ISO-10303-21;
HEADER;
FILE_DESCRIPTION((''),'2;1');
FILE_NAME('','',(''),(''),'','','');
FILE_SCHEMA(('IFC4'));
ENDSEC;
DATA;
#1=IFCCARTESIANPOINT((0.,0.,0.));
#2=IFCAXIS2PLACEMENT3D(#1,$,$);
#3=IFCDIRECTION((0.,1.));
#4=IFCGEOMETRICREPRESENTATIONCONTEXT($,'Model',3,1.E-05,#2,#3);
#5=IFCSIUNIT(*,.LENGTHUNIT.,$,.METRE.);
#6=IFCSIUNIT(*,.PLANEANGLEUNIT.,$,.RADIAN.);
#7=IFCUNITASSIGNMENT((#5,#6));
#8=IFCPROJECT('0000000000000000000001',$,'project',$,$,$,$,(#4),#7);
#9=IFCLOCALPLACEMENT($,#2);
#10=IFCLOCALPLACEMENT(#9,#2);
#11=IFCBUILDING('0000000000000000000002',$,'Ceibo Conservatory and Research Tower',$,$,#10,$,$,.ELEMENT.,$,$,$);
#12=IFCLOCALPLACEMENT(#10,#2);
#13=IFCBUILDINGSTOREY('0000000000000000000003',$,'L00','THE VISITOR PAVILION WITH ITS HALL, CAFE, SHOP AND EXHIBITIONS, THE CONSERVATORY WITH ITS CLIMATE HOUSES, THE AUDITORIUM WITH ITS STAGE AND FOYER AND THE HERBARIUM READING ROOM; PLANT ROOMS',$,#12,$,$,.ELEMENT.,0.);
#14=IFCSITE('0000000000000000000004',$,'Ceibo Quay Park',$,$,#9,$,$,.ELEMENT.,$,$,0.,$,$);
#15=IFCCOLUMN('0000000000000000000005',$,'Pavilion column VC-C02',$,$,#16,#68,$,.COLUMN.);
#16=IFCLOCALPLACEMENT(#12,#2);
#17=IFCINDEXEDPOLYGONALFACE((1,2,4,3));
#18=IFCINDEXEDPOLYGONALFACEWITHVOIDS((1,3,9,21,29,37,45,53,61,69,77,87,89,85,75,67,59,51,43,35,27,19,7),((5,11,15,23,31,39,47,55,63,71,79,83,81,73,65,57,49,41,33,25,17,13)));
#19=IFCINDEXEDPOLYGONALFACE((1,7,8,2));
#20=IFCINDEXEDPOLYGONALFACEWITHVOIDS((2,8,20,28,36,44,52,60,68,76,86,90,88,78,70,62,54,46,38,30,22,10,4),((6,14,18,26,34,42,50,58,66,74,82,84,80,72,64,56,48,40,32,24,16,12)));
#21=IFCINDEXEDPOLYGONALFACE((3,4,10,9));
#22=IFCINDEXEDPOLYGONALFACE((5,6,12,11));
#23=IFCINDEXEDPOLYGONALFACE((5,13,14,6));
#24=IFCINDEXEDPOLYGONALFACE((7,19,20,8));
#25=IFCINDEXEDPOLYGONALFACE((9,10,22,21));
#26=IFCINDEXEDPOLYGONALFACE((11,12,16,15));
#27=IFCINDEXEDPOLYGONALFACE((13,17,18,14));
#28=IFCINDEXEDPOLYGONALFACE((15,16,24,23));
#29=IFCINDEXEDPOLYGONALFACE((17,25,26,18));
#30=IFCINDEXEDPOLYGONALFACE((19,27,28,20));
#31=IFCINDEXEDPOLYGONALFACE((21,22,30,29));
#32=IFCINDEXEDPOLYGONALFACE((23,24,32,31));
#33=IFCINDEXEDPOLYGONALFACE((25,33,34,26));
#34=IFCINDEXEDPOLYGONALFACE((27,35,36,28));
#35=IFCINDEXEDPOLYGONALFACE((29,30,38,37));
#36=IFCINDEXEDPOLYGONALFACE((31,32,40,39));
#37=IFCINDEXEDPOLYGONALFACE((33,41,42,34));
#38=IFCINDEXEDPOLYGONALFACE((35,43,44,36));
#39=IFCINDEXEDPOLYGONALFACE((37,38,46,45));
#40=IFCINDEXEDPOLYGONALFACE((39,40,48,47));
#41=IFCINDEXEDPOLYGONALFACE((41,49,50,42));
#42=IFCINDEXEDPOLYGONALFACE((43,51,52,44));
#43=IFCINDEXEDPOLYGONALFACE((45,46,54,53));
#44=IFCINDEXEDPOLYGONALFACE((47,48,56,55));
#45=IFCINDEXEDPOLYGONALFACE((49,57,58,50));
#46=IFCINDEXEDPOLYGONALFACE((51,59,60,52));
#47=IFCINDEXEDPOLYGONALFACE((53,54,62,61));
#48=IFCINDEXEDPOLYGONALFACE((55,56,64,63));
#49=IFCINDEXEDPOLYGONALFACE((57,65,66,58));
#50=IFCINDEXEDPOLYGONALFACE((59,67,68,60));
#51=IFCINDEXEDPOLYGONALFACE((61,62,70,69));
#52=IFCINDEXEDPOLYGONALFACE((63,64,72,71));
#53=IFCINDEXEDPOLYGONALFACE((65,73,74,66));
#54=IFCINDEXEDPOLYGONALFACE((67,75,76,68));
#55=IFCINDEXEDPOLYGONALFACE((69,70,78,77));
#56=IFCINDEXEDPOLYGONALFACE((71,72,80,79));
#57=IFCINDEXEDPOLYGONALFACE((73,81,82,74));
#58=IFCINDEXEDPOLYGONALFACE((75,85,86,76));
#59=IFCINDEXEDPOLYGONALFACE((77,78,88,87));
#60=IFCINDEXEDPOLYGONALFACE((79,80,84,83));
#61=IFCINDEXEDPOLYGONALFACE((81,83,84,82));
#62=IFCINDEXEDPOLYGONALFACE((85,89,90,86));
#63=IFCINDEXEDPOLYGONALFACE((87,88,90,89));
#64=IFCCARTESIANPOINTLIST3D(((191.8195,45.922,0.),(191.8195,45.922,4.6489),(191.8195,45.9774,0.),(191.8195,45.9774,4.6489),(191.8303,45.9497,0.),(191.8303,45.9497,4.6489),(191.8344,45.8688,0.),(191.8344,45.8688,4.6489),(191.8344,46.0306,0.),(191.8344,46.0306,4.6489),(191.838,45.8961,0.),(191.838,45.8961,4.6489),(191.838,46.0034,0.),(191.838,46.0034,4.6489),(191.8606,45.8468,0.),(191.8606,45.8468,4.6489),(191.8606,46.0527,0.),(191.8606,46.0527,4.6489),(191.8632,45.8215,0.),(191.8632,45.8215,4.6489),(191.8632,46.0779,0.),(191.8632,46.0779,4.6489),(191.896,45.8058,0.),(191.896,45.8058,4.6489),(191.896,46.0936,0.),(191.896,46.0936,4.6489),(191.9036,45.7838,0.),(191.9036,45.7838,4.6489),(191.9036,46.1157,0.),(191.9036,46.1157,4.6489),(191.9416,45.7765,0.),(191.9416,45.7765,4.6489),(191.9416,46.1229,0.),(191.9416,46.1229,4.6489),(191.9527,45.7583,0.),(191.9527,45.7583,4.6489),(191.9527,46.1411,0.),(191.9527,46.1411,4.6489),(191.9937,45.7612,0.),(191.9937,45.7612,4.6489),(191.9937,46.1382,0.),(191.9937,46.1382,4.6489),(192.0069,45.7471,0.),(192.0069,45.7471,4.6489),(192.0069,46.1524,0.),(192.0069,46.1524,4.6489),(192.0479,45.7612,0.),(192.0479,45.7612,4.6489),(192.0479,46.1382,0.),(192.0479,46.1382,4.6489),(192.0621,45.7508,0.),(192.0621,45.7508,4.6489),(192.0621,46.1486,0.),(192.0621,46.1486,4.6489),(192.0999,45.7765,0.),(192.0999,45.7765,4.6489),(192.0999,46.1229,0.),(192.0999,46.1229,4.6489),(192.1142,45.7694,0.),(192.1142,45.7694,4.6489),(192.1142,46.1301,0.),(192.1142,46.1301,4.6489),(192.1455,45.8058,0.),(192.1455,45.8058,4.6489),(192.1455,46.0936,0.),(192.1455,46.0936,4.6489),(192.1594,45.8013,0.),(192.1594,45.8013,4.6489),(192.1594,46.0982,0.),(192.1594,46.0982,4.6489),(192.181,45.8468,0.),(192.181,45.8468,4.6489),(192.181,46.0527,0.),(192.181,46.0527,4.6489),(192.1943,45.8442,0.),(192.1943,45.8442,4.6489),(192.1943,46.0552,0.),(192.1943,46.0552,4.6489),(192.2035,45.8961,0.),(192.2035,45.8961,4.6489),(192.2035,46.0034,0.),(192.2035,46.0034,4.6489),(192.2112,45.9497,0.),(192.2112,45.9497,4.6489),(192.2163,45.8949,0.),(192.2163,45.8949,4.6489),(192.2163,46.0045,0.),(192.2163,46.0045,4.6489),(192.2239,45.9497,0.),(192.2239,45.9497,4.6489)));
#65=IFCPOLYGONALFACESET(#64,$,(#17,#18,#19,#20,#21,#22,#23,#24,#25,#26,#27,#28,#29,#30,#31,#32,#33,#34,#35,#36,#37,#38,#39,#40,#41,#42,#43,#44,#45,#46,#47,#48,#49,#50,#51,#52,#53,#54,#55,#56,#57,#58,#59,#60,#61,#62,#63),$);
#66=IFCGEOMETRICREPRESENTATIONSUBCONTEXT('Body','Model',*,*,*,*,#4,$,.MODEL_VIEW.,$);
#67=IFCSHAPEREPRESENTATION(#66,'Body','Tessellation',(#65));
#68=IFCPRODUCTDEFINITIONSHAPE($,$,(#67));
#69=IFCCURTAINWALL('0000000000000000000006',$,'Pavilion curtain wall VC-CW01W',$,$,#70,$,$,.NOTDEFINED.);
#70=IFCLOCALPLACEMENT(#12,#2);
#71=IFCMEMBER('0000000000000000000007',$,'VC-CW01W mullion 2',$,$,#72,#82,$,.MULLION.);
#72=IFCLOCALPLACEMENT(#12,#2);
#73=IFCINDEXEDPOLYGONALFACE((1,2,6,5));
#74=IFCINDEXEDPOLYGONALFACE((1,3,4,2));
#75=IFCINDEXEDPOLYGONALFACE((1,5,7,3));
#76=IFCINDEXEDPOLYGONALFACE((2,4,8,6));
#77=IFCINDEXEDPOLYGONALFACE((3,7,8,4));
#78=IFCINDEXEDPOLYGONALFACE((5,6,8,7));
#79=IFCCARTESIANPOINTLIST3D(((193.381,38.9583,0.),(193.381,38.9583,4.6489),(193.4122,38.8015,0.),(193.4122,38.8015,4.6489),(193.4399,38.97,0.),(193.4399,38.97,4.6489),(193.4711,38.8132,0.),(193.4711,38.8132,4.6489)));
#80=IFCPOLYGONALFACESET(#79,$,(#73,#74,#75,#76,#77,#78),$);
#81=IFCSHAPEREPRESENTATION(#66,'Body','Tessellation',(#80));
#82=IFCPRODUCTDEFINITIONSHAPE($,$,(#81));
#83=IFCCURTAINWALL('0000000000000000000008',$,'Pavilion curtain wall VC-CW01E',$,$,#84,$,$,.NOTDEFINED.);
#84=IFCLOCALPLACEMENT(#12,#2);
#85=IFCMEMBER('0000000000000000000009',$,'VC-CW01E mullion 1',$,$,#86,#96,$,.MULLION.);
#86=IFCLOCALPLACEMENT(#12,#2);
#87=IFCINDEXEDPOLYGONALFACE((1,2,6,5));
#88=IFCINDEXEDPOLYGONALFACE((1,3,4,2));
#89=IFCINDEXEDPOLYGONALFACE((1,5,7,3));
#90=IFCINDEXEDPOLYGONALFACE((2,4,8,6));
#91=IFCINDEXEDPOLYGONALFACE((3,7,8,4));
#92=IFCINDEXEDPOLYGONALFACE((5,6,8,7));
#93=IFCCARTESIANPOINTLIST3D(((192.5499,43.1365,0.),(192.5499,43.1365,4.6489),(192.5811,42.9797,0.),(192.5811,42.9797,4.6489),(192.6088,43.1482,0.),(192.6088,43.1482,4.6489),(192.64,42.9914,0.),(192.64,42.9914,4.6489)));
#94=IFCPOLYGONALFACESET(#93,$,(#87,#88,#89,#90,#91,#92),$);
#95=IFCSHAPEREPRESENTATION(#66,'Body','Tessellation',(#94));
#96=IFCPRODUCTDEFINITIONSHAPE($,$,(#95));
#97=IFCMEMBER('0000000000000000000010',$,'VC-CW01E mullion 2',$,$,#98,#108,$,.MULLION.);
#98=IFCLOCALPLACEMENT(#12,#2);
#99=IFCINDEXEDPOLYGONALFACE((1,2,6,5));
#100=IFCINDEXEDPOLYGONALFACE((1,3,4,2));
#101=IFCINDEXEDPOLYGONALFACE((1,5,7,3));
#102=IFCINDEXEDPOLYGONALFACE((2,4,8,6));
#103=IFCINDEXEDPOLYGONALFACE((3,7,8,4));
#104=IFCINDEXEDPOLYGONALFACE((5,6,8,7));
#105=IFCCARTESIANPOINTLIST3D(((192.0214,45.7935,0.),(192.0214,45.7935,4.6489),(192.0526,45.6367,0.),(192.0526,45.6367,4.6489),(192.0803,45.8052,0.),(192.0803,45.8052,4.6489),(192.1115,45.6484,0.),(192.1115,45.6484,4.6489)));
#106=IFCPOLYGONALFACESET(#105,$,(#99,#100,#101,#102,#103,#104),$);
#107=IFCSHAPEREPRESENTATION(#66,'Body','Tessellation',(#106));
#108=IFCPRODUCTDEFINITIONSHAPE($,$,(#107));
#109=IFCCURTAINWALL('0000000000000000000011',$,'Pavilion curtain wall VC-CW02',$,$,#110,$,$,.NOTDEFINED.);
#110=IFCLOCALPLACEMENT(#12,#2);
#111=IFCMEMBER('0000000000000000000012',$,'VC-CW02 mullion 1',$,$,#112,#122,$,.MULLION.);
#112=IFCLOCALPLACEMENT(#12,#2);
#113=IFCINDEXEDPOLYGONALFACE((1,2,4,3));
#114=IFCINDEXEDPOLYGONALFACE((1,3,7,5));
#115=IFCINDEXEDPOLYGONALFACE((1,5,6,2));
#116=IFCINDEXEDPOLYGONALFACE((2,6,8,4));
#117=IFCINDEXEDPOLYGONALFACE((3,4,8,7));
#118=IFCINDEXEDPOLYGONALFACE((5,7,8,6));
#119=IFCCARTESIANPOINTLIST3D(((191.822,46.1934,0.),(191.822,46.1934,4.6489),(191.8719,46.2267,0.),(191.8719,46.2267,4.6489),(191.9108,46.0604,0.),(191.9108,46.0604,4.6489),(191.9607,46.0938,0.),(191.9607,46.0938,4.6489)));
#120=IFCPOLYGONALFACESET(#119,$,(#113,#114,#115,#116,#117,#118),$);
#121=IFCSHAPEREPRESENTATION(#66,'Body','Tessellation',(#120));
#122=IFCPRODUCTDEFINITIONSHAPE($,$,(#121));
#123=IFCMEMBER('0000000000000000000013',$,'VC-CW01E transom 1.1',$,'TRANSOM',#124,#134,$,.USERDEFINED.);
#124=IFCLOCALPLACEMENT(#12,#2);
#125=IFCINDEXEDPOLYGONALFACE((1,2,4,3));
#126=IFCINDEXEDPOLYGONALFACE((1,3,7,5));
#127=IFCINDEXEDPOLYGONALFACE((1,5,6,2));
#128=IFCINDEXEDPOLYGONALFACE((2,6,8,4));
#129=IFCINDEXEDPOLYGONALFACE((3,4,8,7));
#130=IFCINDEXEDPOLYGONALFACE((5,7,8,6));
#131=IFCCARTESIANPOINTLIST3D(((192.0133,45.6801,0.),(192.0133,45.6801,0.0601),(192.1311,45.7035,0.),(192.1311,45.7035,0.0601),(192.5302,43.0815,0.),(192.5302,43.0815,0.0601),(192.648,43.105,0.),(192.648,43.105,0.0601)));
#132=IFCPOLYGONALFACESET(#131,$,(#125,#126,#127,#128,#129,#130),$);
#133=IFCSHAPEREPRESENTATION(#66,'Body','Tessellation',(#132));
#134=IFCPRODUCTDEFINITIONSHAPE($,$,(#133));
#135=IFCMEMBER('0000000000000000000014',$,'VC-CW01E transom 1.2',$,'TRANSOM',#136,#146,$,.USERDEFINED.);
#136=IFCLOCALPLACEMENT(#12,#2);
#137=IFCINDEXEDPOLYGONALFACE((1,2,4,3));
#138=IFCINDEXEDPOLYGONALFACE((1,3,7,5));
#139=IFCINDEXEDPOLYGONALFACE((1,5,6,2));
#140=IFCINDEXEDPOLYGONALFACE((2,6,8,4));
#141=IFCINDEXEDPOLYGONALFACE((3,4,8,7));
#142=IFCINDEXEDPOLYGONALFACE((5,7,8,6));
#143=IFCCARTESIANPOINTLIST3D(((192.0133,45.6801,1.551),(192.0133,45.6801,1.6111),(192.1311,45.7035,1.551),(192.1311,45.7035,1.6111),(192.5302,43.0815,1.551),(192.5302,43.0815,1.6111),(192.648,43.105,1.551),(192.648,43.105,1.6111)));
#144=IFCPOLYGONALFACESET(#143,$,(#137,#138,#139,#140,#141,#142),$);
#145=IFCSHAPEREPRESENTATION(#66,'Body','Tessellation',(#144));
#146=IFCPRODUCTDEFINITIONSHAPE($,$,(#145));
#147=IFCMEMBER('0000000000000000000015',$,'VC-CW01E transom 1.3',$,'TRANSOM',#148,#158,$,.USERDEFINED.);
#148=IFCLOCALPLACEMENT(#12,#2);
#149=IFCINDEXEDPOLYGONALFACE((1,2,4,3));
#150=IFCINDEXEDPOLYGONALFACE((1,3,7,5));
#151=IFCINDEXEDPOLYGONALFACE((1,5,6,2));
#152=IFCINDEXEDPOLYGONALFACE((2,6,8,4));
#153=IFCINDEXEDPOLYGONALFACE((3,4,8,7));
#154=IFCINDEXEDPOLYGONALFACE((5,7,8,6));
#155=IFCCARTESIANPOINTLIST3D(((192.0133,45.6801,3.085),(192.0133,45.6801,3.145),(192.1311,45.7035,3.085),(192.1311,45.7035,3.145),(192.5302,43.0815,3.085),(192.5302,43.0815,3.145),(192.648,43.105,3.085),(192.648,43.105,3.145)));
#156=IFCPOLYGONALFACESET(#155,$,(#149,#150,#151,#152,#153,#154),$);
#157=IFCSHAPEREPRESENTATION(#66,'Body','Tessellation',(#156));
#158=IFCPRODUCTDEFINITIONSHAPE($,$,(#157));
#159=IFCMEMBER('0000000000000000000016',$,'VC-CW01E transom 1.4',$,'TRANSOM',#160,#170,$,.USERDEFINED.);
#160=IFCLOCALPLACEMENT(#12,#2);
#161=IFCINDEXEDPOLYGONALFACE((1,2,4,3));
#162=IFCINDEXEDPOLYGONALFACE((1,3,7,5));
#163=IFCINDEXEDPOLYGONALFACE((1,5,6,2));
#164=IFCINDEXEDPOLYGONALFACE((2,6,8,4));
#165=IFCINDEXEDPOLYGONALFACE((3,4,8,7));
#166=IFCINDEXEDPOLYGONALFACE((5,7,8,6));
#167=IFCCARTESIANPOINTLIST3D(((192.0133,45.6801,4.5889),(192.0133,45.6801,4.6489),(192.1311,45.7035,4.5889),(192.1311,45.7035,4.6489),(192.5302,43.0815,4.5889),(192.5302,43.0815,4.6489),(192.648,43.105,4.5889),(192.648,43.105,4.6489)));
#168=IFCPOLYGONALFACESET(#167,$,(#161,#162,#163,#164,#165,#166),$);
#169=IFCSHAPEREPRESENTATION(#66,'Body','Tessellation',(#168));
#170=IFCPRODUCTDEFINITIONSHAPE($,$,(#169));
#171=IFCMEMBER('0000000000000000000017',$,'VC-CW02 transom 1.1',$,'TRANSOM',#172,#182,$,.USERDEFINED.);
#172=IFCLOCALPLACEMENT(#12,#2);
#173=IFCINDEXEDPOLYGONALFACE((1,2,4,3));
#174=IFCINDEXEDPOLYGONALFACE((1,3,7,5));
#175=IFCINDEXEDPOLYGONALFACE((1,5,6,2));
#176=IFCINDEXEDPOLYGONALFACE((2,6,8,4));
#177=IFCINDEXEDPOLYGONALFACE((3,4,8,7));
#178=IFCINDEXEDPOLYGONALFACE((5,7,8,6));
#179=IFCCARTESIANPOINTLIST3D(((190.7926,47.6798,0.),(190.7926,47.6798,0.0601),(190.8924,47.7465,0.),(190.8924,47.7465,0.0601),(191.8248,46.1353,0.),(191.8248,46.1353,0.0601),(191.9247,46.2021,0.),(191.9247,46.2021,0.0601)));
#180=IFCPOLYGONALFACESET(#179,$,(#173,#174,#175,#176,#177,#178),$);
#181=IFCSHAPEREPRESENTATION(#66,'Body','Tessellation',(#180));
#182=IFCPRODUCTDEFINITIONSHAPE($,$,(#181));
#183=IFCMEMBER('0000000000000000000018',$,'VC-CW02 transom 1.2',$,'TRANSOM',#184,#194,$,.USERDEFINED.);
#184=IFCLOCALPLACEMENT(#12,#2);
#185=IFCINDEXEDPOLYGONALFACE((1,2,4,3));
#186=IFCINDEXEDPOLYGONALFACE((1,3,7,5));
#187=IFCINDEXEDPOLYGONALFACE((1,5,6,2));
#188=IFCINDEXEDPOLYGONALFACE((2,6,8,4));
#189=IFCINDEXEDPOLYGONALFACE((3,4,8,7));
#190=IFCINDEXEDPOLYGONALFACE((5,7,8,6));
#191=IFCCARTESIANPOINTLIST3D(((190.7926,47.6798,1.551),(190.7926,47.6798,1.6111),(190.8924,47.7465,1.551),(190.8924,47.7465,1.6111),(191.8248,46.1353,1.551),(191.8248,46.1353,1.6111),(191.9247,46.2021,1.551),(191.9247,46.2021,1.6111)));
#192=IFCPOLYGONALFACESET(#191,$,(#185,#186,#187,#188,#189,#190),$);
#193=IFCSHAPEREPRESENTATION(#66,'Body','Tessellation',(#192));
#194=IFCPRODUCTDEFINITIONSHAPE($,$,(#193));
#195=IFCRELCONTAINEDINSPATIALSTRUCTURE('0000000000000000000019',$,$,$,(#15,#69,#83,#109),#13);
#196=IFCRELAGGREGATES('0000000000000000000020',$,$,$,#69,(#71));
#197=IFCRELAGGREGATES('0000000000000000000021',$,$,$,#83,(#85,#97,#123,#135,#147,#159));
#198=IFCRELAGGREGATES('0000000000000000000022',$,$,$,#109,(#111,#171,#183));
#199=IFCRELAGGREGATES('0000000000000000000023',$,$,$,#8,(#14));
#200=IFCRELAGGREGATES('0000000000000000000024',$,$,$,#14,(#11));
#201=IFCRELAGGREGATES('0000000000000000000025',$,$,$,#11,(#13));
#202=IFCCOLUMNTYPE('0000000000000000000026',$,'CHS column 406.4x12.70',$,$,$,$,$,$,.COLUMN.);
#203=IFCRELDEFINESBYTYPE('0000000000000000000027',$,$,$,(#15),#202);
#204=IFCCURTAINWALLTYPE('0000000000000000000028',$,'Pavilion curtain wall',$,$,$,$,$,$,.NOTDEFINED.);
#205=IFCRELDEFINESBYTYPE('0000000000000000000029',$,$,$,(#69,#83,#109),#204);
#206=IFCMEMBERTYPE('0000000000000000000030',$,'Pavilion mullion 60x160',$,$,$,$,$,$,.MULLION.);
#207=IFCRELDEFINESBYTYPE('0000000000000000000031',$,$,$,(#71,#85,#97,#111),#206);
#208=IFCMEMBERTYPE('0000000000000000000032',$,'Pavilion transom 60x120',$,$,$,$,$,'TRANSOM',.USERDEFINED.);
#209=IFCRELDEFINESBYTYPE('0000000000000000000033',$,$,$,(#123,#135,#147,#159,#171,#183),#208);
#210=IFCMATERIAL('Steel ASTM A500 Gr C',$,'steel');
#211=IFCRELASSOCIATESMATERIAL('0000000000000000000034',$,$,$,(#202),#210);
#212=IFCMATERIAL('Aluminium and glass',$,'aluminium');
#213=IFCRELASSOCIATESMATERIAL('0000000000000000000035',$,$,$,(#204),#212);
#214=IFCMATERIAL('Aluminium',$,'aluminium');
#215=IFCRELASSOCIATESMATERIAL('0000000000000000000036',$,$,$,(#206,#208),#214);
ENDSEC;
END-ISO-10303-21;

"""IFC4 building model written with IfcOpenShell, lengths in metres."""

from ifc_helpers import new_model, si_unit, direction, frame, origin, origin_2d, place, context, subcontext, project, spatial, rectangle, hollow_circle, extrude, material, material_profile, profile_set, type_object, element, aggregate, save


model = new_model("IFC4")

# Units and contexts
model_context = context("Model", 3, precision=1e-05, world=origin(), true_north=direction((0.0, 1.0)))
body_context = subcontext(model_context, "Body", "Model", "MODEL_VIEW")
ifc_project = project(units=[si_unit("LENGTHUNIT", "METRE"), si_unit("PLANEANGLEUNIT", "RADIAN")], contexts=[model_context])

# Site, building, storey
site_placement = place(None, origin())
site = spatial("IfcSite", under=ifc_project, at=site_placement, Name="Ceibo Quay Park", CompositionType="ELEMENT", RefElevation=0.0)
building_placement = place(site_placement, origin())
building = spatial("IfcBuilding", under=site, at=building_placement, Name="Ceibo Conservatory and Research Tower", CompositionType="ELEMENT")
storey_placement = place(building_placement, origin())
storey = spatial("IfcBuildingStorey", under=building, at=storey_placement, Name="L00", Description="THE VISITOR PAVILION WITH ITS HALL, CAFE, SHOP AND EXHIBITIONS, THE CONSERVATORY WITH ITS CLIMATE HOUSES, THE AUDITORIUM WITH ITS STAGE AND FOYER AND THE HERBARIUM READING ROOM; PLANT ROOMS", CompositionType="ELEMENT", Elevation=0.0)

# Column
ifc_material_1 = material(Name="Steel ASTM A500 Gr C", Category="steel")
ifc_material_profile_1 = material_profile(ifc_material_1, hollow_circle(Radius=0.2031, WallThickness=0.0127, at=origin_2d()), Name="CHS column 406.4x12.70")
ifc_profile_set_1 = profile_set([ifc_material_profile_1], Name="Steel ASTM A500 Gr C")
column_type = type_object("IfcColumnType", Name="CHS column 406.4x12.70", PredefinedType="COLUMN", material=ifc_profile_set_1)
column_placement = place(storey_placement, frame((192.0208, 45.9497, 0.0), z_axis=(0.0, 0.0, 1.0), x_axis=(1.0, 0.0, 0.0)))
element("IfcColumn", 1, at=column_placement, inside=storey, type_object=column_type, Name="Pavilion column VC-C02", PredefinedType="COLUMN", context=body_context, shape_type="SweptSolid", body=[
    extrude(hollow_circle(Radius=0.2031, WallThickness=0.0127, at=origin_2d()), origin(), (0.0, 0.0, 1.0), 4.6489),
])

# Curtain wall, member
ifc_material_2 = material(Name="Aluminium and glass", Category="aluminium")
curtain_wall_type = type_object("IfcCurtainWallType", Name="Pavilion curtain wall", PredefinedType="NOTDEFINED", material=ifc_material_2)
curtain_wall_1_placement = place(storey_placement, origin())
curtain_wall_1 = element("IfcCurtainWall", 2, at=curtain_wall_1_placement, inside=storey, type_object=curtain_wall_type, Name="Pavilion curtain wall VC-CW01W", PredefinedType="NOTDEFINED")
ifc_material_3 = material(Name="Aluminium", Category="aluminium")
ifc_material_profile_2 = material_profile(ifc_material_3, rectangle(XDim=0.0601, YDim=0.1599, at=origin_2d()), Name="AL 60x160")
ifc_profile_set_2 = profile_set([ifc_material_profile_2], Name="Aluminium")
member_type_1 = type_object("IfcMemberType", Name="Pavilion mullion 60x160", PredefinedType="MULLION", material=ifc_profile_set_2)
member_1_placement = place(storey_placement, frame((193.426, 38.8857, 0.0), z_axis=(0.0, 0.0, 1.0), x_axis=(-0.980785, -0.19509, 0.0)))
member_1 = element("IfcMember", 3, at=member_1_placement, type_object=member_type_1, Name="VC-CW01W mullion 2", PredefinedType="MULLION", context=body_context, shape_type="SweptSolid", body=[
    extrude(rectangle(XDim=0.0601, YDim=0.1599, at=origin_2d()), origin(), (0.0, 0.0, 1.0), 4.6489),
])
aggregate(curtain_wall_1, [member_1])

# Curtain wall, members
curtain_wall_2_placement = place(storey_placement, origin())
curtain_wall_2 = element("IfcCurtainWall", 4, at=curtain_wall_2_placement, inside=storey, type_object=curtain_wall_type, Name="Pavilion curtain wall VC-CW01E", PredefinedType="NOTDEFINED")
member_2_placement = place(storey_placement, frame((192.595, 43.064, 0.0), z_axis=(0.0, 0.0, 1.0), x_axis=(-0.980785, -0.19509, 0.0)))
member_2 = element("IfcMember", 5, at=member_2_placement, type_object=member_type_1, Name="VC-CW01E mullion 1", PredefinedType="MULLION", context=body_context, shape_type="SweptSolid", body=[
    extrude(rectangle(XDim=0.0601, YDim=0.1599, at=origin_2d()), origin(), (0.0, 0.0, 1.0), 4.6489),
])
member_3_placement = place(storey_placement, frame((192.0664, 45.7209, 0.0), z_axis=(0.0, 0.0, 1.0), x_axis=(-0.980785, -0.19509, 0.0)))
member_3 = element("IfcMember", 6, at=member_3_placement, type_object=member_type_1, Name="VC-CW01E mullion 2", PredefinedType="MULLION", context=body_context, shape_type="SweptSolid", body=[
    extrude(rectangle(XDim=0.0601, YDim=0.1599, at=origin_2d()), origin(), (0.0, 0.0, 1.0), 4.6489),
])

# Curtain wall, member
curtain_wall_3_placement = place(storey_placement, origin())
curtain_wall_3 = element("IfcCurtainWall", 7, at=curtain_wall_3_placement, inside=storey, type_object=curtain_wall_type, Name="Pavilion curtain wall VC-CW02", PredefinedType="NOTDEFINED")
member_4_placement = place(storey_placement, frame((191.8914, 46.1436, 0.0), z_axis=(0.0, 0.0, 1.0), x_axis=(-0.83147, -0.55557, 0.0)))
member_4 = element("IfcMember", 8, at=member_4_placement, type_object=member_type_1, Name="VC-CW02 mullion 1", PredefinedType="MULLION", context=body_context, shape_type="SweptSolid", body=[
    extrude(rectangle(XDim=0.0601, YDim=0.1599, at=origin_2d()), origin(), (0.0, 0.0, 1.0), 4.6489),
])

# Members
ifc_material_profile_3 = material_profile(ifc_material_3, rectangle(XDim=0.1201, YDim=0.0601, at=origin_2d()), Name="AL 60x120")
ifc_profile_set_3 = profile_set([ifc_material_profile_3], Name="Aluminium")
member_type_2 = type_object("IfcMemberType", Name="Pavilion transom 60x120", ElementType="TRANSOM", PredefinedType="USERDEFINED", material=ifc_profile_set_3)
member_5_placement = place(storey_placement, frame((192.5891, 43.0933, 0.03), z_axis=(-0.195088, 0.980786, 0.0), x_axis=(-0.980786, -0.195088, 0.0)))
member_5 = element("IfcMember", 9, at=member_5_placement, type_object=member_type_2, Name="VC-CW01E transom 1.1", ObjectType="TRANSOM", PredefinedType="USERDEFINED", context=body_context, shape_type="SweptSolid", body=[
    extrude(rectangle(XDim=0.1201, YDim=0.0601, at=origin_2d()), origin(), (0.0, 0.0, 1.0), 2.6494),
])
member_6_placement = place(storey_placement, frame((192.5891, 43.0933, 1.5811), z_axis=(-0.195088, 0.980786, 0.0), x_axis=(-0.980786, -0.195088, 0.0)))
member_6 = element("IfcMember", 10, at=member_6_placement, type_object=member_type_2, Name="VC-CW01E transom 1.2", ObjectType="TRANSOM", PredefinedType="USERDEFINED", context=body_context, shape_type="SweptSolid", body=[
    extrude(rectangle(XDim=0.1201, YDim=0.0601, at=origin_2d()), origin(), (0.0, 0.0, 1.0), 2.6494),
])
member_7_placement = place(storey_placement, frame((192.5891, 43.0933, 3.115), z_axis=(-0.195088, 0.980786, 0.0), x_axis=(-0.980786, -0.195088, 0.0)))
member_7 = element("IfcMember", 11, at=member_7_placement, type_object=member_type_2, Name="VC-CW01E transom 1.3", ObjectType="TRANSOM", PredefinedType="USERDEFINED", context=body_context, shape_type="SweptSolid", body=[
    extrude(rectangle(XDim=0.1201, YDim=0.0601, at=origin_2d()), origin(), (0.0, 0.0, 1.0), 2.6494),
])
member_8_placement = place(storey_placement, frame((192.5891, 43.0933, 4.6189), z_axis=(-0.195088, 0.980786, 0.0), x_axis=(-0.980786, -0.195088, 0.0)))
member_8 = element("IfcMember", 12, at=member_8_placement, type_object=member_type_2, Name="VC-CW01E transom 1.4", ObjectType="TRANSOM", PredefinedType="USERDEFINED", context=body_context, shape_type="SweptSolid", body=[
    extrude(rectangle(XDim=0.1201, YDim=0.0601, at=origin_2d()), origin(), (0.0, 0.0, 1.0), 2.6494),
])
member_9_placement = place(storey_placement, frame((191.8748, 46.1687, 0.03), z_axis=(-0.55567, 0.831403, 0.0), x_axis=(-0.831403, -0.55567, 0.0)))
member_9 = element("IfcMember", 13, at=member_9_placement, type_object=member_type_2, Name="VC-CW02 transom 1.1", ObjectType="TRANSOM", PredefinedType="USERDEFINED", context=body_context, shape_type="SweptSolid", body=[
    extrude(rectangle(XDim=0.1201, YDim=0.0601, at=origin_2d()), origin(), (0.0, 0.0, 1.0), 1.8577),
])
member_10_placement = place(storey_placement, frame((191.8748, 46.1687, 1.5811), z_axis=(-0.55567, 0.831403, 0.0), x_axis=(-0.831403, -0.55567, 0.0)))
member_10 = element("IfcMember", 14, at=member_10_placement, type_object=member_type_2, Name="VC-CW02 transom 1.2", ObjectType="TRANSOM", PredefinedType="USERDEFINED", context=body_context, shape_type="SweptSolid", body=[
    extrude(rectangle(XDim=0.1201, YDim=0.0601, at=origin_2d()), origin(), (0.0, 0.0, 1.0), 1.8577),
])

aggregate(curtain_wall_2, [member_2, member_3, member_5, member_6, member_7, member_8])
aggregate(curtain_wall_3, [member_4, member_9, member_10])

save(model, "model.ifc")
